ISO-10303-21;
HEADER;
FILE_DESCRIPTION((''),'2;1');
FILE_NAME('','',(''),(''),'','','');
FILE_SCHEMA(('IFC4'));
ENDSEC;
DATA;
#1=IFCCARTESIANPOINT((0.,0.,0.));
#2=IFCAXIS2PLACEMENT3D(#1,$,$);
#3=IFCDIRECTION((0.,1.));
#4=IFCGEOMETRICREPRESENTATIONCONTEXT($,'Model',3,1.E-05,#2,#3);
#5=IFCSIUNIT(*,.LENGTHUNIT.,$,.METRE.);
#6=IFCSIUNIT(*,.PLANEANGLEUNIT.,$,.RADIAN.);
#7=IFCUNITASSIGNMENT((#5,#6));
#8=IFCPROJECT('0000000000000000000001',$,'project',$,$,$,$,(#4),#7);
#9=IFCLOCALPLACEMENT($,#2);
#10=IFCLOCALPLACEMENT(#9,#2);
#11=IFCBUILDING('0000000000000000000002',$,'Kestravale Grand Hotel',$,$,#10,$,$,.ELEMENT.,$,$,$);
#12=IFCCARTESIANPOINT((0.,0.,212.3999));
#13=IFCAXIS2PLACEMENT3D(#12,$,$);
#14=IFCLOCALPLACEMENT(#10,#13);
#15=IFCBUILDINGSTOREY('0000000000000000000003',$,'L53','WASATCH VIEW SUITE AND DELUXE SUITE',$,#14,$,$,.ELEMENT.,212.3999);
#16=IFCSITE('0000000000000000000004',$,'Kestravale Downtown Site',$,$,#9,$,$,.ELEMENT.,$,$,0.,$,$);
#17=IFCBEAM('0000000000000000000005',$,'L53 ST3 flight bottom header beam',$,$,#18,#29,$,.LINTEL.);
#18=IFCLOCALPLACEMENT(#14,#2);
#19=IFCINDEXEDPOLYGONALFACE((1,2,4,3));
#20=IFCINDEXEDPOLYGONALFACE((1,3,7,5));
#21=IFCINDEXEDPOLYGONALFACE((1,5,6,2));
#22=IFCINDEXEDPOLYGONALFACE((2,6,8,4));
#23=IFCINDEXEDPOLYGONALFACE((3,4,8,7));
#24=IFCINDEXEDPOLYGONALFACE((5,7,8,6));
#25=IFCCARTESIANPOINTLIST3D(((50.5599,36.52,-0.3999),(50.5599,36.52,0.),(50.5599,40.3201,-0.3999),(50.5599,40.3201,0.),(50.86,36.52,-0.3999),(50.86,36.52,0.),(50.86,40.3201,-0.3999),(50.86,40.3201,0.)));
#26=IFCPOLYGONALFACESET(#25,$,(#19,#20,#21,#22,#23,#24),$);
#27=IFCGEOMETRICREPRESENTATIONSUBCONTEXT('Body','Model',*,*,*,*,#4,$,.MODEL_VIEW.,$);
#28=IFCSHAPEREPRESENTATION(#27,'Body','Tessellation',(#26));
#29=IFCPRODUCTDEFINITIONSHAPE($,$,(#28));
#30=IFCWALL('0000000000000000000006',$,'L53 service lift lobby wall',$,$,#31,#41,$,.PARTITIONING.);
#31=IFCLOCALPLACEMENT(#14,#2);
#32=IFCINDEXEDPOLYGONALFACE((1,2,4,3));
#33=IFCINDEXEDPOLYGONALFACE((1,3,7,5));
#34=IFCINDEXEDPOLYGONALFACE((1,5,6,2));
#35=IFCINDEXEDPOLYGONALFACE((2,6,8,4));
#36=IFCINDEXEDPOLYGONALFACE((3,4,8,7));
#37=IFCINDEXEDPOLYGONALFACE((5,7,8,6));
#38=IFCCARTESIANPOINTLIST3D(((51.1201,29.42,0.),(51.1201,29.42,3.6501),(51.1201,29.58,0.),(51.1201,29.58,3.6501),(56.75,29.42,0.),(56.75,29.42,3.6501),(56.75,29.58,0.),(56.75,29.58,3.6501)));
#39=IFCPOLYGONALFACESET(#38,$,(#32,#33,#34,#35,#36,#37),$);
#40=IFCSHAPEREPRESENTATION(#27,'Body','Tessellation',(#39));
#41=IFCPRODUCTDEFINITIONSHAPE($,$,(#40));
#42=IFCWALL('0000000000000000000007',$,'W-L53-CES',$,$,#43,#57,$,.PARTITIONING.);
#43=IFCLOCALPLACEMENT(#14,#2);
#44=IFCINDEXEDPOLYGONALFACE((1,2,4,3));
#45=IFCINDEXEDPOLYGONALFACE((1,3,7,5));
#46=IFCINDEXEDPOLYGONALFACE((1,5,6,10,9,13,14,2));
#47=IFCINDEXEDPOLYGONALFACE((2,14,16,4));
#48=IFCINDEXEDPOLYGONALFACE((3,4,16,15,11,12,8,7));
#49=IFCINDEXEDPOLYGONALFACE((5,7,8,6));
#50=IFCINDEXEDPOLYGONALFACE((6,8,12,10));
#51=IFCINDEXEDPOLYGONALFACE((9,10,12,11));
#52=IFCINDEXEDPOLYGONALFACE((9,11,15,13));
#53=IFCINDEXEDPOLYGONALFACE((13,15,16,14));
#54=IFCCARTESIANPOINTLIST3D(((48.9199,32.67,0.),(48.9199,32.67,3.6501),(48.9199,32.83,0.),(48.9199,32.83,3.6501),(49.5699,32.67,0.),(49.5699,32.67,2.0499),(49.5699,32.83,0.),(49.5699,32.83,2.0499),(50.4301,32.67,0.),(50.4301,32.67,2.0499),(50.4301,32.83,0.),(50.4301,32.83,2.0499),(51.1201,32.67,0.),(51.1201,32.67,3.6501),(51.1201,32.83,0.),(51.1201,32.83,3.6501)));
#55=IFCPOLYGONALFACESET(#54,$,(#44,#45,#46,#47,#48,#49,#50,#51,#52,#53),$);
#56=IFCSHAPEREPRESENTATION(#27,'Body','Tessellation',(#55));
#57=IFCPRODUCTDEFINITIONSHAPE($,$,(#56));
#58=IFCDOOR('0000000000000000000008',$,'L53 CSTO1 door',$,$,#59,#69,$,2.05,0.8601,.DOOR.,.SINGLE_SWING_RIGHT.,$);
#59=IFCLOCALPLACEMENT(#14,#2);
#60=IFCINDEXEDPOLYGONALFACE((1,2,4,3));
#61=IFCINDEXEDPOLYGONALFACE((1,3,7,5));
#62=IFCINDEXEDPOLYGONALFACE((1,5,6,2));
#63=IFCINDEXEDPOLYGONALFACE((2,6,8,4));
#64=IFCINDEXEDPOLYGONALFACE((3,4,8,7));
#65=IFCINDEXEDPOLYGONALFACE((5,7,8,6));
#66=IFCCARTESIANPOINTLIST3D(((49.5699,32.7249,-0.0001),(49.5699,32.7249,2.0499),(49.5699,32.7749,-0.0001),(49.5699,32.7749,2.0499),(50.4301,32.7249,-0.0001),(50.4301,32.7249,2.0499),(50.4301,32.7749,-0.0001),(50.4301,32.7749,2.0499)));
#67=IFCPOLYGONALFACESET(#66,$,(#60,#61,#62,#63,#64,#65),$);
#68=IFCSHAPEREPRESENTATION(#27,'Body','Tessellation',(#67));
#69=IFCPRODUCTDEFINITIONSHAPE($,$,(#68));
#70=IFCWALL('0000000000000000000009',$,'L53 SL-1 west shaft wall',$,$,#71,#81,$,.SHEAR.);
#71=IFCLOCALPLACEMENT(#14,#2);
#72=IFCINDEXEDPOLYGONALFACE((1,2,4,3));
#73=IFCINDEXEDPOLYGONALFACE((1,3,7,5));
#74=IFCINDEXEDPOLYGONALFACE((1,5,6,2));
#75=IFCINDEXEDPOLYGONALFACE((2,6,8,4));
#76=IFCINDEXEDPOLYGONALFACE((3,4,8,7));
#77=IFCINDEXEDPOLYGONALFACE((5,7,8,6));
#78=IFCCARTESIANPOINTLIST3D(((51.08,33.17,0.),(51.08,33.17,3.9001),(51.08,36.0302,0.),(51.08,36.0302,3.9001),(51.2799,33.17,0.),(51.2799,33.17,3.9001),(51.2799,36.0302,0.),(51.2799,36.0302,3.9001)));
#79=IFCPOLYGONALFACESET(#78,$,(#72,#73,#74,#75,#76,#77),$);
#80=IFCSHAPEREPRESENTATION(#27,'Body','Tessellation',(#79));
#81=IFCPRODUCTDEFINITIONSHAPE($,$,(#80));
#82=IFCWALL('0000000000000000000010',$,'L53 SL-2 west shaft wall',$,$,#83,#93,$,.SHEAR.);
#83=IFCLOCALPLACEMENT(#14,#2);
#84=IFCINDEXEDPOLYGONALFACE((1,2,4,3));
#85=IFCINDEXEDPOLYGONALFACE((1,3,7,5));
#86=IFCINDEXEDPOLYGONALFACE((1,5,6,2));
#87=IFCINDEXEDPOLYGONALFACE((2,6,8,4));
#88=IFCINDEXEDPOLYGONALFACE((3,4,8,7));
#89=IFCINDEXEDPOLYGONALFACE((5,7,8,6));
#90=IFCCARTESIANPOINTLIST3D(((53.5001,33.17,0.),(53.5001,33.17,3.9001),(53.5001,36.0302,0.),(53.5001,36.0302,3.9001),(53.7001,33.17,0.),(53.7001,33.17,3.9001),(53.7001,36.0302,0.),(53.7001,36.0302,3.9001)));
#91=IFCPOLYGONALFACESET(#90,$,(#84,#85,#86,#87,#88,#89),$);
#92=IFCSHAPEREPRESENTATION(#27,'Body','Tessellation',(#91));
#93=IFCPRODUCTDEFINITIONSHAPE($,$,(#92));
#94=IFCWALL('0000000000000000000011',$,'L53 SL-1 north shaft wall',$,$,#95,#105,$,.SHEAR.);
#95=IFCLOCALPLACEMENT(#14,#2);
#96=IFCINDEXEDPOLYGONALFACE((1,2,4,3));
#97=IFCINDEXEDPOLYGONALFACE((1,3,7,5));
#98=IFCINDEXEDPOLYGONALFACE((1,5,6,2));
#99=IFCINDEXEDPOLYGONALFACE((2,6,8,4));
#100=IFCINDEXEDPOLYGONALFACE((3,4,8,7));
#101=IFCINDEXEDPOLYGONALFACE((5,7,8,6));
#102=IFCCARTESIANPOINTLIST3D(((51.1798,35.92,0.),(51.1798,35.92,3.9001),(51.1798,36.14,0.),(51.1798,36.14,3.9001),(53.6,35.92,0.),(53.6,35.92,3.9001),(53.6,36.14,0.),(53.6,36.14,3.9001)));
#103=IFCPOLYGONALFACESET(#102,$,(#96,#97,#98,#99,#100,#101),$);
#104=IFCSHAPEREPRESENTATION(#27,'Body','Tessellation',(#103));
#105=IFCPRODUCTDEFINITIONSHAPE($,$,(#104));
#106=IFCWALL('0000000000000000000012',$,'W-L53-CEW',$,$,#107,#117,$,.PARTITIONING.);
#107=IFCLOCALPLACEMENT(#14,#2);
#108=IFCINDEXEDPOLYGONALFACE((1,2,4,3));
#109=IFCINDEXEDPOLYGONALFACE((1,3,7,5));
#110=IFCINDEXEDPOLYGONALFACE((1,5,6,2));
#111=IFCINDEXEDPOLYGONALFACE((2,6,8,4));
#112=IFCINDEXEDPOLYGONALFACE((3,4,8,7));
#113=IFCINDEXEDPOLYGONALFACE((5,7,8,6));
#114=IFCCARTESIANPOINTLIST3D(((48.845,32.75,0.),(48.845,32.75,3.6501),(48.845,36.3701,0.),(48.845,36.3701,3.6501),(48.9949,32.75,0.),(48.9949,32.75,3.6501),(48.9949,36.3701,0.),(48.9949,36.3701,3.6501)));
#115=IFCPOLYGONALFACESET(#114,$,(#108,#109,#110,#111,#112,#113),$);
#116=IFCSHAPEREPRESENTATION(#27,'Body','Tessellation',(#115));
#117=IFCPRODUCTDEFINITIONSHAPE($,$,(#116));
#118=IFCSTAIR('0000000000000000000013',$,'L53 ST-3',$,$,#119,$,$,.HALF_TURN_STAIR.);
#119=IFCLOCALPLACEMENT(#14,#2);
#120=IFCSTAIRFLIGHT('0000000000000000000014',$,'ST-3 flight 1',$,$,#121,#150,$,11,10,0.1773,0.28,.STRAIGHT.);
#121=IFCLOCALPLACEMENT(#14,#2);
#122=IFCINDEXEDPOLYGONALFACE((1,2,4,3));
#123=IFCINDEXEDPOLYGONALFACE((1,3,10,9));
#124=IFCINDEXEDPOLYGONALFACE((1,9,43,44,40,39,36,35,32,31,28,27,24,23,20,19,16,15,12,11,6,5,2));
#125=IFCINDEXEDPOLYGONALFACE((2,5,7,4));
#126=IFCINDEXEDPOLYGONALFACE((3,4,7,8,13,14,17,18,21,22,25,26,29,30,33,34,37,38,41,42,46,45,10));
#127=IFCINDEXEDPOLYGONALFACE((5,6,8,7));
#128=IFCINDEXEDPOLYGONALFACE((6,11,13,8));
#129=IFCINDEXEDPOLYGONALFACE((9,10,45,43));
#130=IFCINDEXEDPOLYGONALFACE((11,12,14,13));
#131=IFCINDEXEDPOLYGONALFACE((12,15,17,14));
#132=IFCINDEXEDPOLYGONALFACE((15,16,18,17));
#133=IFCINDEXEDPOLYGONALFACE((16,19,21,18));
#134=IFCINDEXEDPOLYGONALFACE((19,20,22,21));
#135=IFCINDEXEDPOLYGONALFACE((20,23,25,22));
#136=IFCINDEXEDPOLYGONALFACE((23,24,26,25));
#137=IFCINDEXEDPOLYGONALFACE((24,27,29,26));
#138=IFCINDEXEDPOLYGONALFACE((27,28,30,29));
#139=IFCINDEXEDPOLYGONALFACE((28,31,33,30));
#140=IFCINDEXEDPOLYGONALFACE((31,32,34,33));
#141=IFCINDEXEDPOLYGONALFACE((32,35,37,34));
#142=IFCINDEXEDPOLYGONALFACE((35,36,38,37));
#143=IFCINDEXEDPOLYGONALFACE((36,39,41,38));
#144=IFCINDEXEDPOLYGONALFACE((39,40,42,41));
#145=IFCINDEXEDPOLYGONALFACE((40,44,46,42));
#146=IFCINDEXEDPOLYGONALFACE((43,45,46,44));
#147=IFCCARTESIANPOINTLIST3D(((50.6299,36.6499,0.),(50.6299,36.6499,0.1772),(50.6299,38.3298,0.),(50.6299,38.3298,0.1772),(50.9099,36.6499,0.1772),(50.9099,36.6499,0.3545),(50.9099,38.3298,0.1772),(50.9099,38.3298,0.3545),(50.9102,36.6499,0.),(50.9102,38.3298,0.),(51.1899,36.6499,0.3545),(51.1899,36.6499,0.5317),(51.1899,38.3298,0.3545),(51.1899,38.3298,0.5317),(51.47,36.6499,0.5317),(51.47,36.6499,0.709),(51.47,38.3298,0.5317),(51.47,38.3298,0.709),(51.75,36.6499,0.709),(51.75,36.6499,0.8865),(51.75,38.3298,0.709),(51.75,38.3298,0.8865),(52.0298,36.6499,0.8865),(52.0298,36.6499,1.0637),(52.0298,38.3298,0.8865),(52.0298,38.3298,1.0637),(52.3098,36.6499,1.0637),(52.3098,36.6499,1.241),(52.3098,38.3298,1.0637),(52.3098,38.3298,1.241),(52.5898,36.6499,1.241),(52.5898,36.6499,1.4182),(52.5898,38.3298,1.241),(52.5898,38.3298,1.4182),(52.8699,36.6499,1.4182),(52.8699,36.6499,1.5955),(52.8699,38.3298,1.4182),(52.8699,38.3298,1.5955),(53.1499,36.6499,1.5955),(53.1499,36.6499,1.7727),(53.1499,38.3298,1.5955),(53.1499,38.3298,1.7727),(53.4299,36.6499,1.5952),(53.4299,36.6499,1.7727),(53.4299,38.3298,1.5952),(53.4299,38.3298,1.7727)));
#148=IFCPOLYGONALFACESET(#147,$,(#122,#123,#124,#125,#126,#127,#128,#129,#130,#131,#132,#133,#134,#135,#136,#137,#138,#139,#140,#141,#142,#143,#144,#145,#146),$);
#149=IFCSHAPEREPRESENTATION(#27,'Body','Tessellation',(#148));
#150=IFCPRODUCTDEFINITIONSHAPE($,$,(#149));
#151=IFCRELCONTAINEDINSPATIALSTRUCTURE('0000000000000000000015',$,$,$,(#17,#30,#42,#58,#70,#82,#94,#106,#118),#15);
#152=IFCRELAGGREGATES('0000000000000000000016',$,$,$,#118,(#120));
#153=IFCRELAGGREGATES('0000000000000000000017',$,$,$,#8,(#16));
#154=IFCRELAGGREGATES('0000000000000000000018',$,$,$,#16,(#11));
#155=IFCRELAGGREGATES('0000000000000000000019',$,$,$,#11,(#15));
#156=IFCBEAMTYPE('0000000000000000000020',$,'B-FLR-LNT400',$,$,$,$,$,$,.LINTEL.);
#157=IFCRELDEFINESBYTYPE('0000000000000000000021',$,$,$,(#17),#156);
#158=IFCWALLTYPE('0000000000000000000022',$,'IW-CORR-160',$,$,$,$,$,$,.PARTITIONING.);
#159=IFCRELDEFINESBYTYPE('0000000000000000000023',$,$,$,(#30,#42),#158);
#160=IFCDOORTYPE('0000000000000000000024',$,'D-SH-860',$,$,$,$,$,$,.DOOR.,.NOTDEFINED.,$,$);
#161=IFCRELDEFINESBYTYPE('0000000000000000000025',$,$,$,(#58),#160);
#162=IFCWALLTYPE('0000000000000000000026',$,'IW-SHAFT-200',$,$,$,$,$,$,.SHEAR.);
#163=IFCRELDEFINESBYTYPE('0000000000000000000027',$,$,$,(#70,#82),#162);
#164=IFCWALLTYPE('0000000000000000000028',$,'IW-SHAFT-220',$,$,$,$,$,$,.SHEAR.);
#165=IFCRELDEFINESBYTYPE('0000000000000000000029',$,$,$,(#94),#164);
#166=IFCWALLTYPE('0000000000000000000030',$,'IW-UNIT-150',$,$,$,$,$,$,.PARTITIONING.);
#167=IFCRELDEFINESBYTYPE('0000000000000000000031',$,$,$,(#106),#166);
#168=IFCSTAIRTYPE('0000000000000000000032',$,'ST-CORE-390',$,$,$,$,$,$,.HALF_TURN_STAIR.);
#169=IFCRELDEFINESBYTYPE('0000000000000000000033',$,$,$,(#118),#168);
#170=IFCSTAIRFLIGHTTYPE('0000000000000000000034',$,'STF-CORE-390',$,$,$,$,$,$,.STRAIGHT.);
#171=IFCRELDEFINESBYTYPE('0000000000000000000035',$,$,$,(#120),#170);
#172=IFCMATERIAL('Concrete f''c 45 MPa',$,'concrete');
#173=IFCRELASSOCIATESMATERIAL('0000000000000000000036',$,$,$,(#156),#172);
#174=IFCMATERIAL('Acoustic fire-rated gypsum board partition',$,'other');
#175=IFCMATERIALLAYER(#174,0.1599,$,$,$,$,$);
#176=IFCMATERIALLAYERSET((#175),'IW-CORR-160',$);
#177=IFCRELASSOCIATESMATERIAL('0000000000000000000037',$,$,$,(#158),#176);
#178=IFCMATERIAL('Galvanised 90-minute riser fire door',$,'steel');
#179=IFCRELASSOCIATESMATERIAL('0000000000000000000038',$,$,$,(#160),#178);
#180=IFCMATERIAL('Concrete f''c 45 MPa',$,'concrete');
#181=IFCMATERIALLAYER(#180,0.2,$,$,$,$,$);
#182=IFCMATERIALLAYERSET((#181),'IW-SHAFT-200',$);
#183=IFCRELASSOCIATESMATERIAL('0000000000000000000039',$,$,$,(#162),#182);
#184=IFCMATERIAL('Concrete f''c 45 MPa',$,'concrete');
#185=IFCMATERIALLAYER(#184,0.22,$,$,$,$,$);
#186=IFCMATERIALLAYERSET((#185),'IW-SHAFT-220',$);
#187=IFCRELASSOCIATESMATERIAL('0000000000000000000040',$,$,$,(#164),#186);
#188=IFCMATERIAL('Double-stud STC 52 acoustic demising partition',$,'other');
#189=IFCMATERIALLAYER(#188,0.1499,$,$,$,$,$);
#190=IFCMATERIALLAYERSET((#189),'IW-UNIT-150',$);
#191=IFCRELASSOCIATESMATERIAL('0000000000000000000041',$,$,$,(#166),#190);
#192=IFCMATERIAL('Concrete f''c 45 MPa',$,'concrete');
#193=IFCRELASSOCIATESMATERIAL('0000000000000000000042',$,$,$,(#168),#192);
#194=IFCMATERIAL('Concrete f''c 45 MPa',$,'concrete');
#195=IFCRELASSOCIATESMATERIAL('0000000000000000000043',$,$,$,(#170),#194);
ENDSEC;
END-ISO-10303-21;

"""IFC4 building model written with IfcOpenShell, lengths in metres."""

from ifc_helpers import new_model, si_unit, direction, frame, frame_2d, origin, origin_2d, place, context, subcontext, project, spatial, polyline, rectangle, outline, extrude, material, layer, layer_set, material_profile, profile_set, type_object, element, fill, aggregate, save


model = new_model("IFC4")

# Units and contexts
model_context = context("Model", 3, precision=1e-05, world=origin(), true_north=direction((0.0, 1.0)))
body_context = subcontext(model_context, "Body", "Model", "MODEL_VIEW")
ifc_project = project(units=[si_unit("LENGTHUNIT", "METRE"), si_unit("PLANEANGLEUNIT", "RADIAN")], contexts=[model_context])

# Site, building, storey
site_placement = place(None, origin())
site = spatial("IfcSite", under=ifc_project, at=site_placement, Name="Kestravale Downtown Site", CompositionType="ELEMENT", RefElevation=0.0)
building_placement = place(site_placement, origin())
building = spatial("IfcBuilding", under=site, at=building_placement, Name="Kestravale Grand Hotel", CompositionType="ELEMENT")
storey_placement = place(building_placement, frame((0.0, 0.0, 212.3999)))
storey = spatial("IfcBuildingStorey", under=building, at=storey_placement, Name="L53", Description="WASATCH VIEW SUITE AND DELUXE SUITE", CompositionType="ELEMENT", Elevation=212.3999)

# Beam
ifc_material_1 = material(Name="Concrete f'c 45 MPa", Category="concrete")
ifc_material_profile = material_profile(ifc_material_1, rectangle(XDim=0.3, YDim=0.3999, at=origin_2d()))
ifc_profile_set = profile_set([ifc_material_profile], Name="Concrete f'c 45 MPa")
beam_type = type_object("IfcBeamType", Name="B-FLR-LNT400", PredefinedType="LINTEL", material=ifc_profile_set)
beam_placement = place(storey_placement, frame((50.71, 36.52, -0.2), z_axis=(0.0, 1.0, 0.0), x_axis=(-1.0, 0.0, 0.0)))
element("IfcBeam", 1, at=beam_placement, inside=storey, type_object=beam_type, Name="L53 ST3 flight bottom header beam", PredefinedType="LINTEL", context=body_context, shape_type="SweptSolid", body=[
    extrude(rectangle(XDim=0.3, YDim=0.3999, at=origin_2d()), origin(), (0.0, 0.0, 1.0), 3.8),
])

# Shared definitions
ifc_material_2 = material(Name="Acoustic fire-rated gypsum board partition", Category="other")
ifc_layer_1 = layer(ifc_material_2, 0.1599)
ifc_layer_set_1 = layer_set([ifc_layer_1], Name="IW-CORR-160")
wall_type_1 = type_object("IfcWallType", Name="IW-CORR-160", PredefinedType="PARTITIONING", material=ifc_layer_set_1)

# Wall
wall_1_placement = place(storey_placement, frame((51.1201, 29.5, 0.0), z_axis=(0.0, 0.0, 1.0), x_axis=(1.0, 0.0, 0.0)))
element("IfcWall", 2, at=wall_1_placement, inside=storey, type_object=wall_type_1, Name="L53 service lift lobby wall", PredefinedType="PARTITIONING", context=body_context, shape_type="SweptSolid", body=[
    extrude(rectangle(XDim=5.6299, YDim=0.1599, at=frame_2d((2.8149, 0.0))), origin(), (0.0, 0.0, 1.0), 3.6501),
])

# Wall, opening, door
wall_2_placement = place(storey_placement, frame((48.9199, 32.75, 0.0), z_axis=(0.0, 0.0, 1.0), x_axis=(1.0, 0.0, 0.0)))
wall_2 = element("IfcWall", 3, at=wall_2_placement, inside=storey, type_object=wall_type_1, Name="W-L53-CES", PredefinedType="PARTITIONING", context=body_context, shape_type="SweptSolid", body=[
    extrude(rectangle(XDim=2.2002, YDim=0.1599, at=frame_2d((1.1001, 0.0))), origin(), (0.0, 0.0, 1.0), 3.6501),
])
opening_1_placement = place(wall_2_placement, frame((0.6499, 0.0, 0.0)))
opening_1 = element("IfcOpeningElement", 4, at=opening_1_placement, cuts=wall_2, PredefinedType="OPENING", context=body_context, shape_type="SweptSolid", body=[
    extrude(rectangle(XDim=0.8601, YDim=2.05, at=frame_2d((0.4302, 1.0249))), frame((0.0, 0.0898, 0.0), z_axis=(0.0, -1.0, 0.0), x_axis=(1.0, 0.0, 0.0)), (0.0, 0.0, 1.0), 0.1799),
])
ifc_material_3 = material(Name="Galvanised 90-minute riser fire door", Category="steel")
door_type_1 = type_object("IfcDoorType", Name="D-SH-860", OperationType="NOTDEFINED", PredefinedType="DOOR", material=ifc_material_3)
door_1_placement = place(opening_1_placement, origin())
door_1 = element("IfcDoor", 5, at=door_1_placement, inside=storey, type_object=door_type_1, Name="L53 CSTO1 door", OperationType="SINGLE_SWING_RIGHT", OverallHeight=2.05, OverallWidth=0.8601, PredefinedType="DOOR", context=body_context, shape_type="SweptSolid", body=[
    extrude(rectangle(XDim=0.8601, YDim=2.05, at=frame_2d((0.4302, 1.0249))), frame((0.0, 0.0249, 0.0), z_axis=(0.0, -1.0, 0.0), x_axis=(1.0, 0.0, 0.0)), (0.0, 0.0, 1.0), 0.05),
])
fill(opening_1, door_1)

# Walls
ifc_material_4 = material(Name="Concrete f'c 45 MPa", Category="concrete")
ifc_layer_2 = layer(ifc_material_4, 0.2)
ifc_layer_set_2 = layer_set([ifc_layer_2], Name="IW-SHAFT-200")
wall_type_2 = type_object("IfcWallType", Name="IW-SHAFT-200", PredefinedType="SHEAR", material=ifc_layer_set_2)
for number, where, z_axis, x_axis, name in (
    (6, (51.1799, 33.1699, 0.0), (0.0, 0.0, 1.0), (0.0, 1.0, 0.0), "L53 SL-1 west shaft wall"),
    (7, (53.6001, 33.1699, 0.0), (0.0, 0.0, 1.0), (0.0, 1.0, 0.0), "L53 SL-2 west shaft wall"),
):
    element("IfcWall", number, at=place(storey_placement, frame(where, z_axis=z_axis, x_axis=x_axis)), inside=storey, type_object=wall_type_2, Name=name, PredefinedType="SHEAR", context=body_context, shape_type="SweptSolid", body=[
        extrude(rectangle(XDim=2.8601, YDim=0.2, at=frame_2d((1.4302, 0.0))), origin(), (0.0, 0.0, 1.0), 3.9001),
    ])

# Shared definitions
ifc_material_5 = material(Name="Concrete f'c 45 MPa", Category="concrete")
ifc_layer_3 = layer(ifc_material_5, 0.22)
ifc_layer_set_3 = layer_set([ifc_layer_3], Name="IW-SHAFT-220")
wall_type_3 = type_object("IfcWallType", Name="IW-SHAFT-220", PredefinedType="SHEAR", material=ifc_layer_set_3)

# Wall
wall_3_placement = place(storey_placement, frame((51.1799, 36.03, 0.0), z_axis=(0.0, 0.0, 1.0), x_axis=(1.0, 0.0, 0.0)))
element("IfcWall", 8, at=wall_3_placement, inside=storey, type_object=wall_type_3, Name="L53 SL-1 north shaft wall", PredefinedType="SHEAR", context=body_context, shape_type="SweptSolid", body=[
    extrude(rectangle(XDim=2.4202, YDim=0.22, at=frame_2d((1.21, 0.0))), origin(), (0.0, 0.0, 1.0), 3.9001),
])

# Wall
ifc_material_6 = material(Name="Double-stud STC 52 acoustic demising partition", Category="other")
ifc_layer_4 = layer(ifc_material_6, 0.1499)
ifc_layer_set_4 = layer_set([ifc_layer_4], Name="IW-UNIT-150")
wall_type_4 = type_object("IfcWallType", Name="IW-UNIT-150", PredefinedType="PARTITIONING", material=ifc_layer_set_4)
wall_4_placement = place(storey_placement, frame((48.9199, 32.75, 0.0), z_axis=(0.0, 0.0, 1.0), x_axis=(0.0, 1.0, 0.0)))
element("IfcWall", 9, at=wall_4_placement, inside=storey, type_object=wall_type_4, Name="W-L53-CEW", PredefinedType="PARTITIONING", context=body_context, shape_type="SweptSolid", body=[
    extrude(rectangle(XDim=3.6201, YDim=0.1499, at=frame_2d((1.8101, 0.0))), origin(), (0.0, 0.0, 1.0), 3.6501),
])

# Stair, stair flight
ifc_material_7 = material(Name="Concrete f'c 45 MPa", Category="concrete")
stair_type = type_object("IfcStairType", Name="ST-CORE-390", PredefinedType="HALF_TURN_STAIR", material=ifc_material_7)
stair_placement = place(storey_placement, origin())
stair = element("IfcStair", 10, at=stair_placement, inside=storey, type_object=stair_type, Name="L53 ST-3", PredefinedType="HALF_TURN_STAIR")
ifc_material_8 = material(Name="Concrete f'c 45 MPa", Category="concrete")
stair_flight_type = type_object("IfcStairFlightType", Name="STF-CORE-390", PredefinedType="STRAIGHT", material=ifc_material_8)
stair_flight_1_placement = place(storey_placement, frame((50.6299, 37.49, 0.0), z_axis=(0.0, 0.0, 1.0), x_axis=(1.0, 0.0, 0.0)))
stair_flight_1 = element("IfcStairFlight", 11, at=stair_flight_1_placement, type_object=stair_flight_type, Name="ST-3 flight 1", NumberOfRisers=11, NumberOfTreads=10, PredefinedType="STRAIGHT", RiserHeight=0.1773, TreadLength=0.28, context=body_context, shape_type="SweptSolid", body=[
    extrude(outline(polyline([(0.0, 0.0), (0.0, 0.1772), (0.28, 0.1772), (0.28, 0.3545), (0.5601, 0.3545), (0.5601, 0.5317), (0.8401, 0.5317), (0.8401, 0.709), (1.1201, 0.709), (1.1201, 0.8865), (1.3999, 0.8865), (1.3999, 1.0637), (1.6799, 1.0637), (1.6799, 1.241), (1.96, 1.241), (1.96, 1.4182), (2.24, 1.4182), (2.24, 1.5955), (2.52, 1.5955), (2.52, 1.7727), (2.8, 1.7727), (2.8, 1.95), (2.8, 1.5952), (0.2803, 0.0), (0.0, 0.0)])), frame((0.0, 0.8398, 0.0), z_axis=(0.0, -1.0, 0.0), x_axis=(1.0, 0.0, 0.0)), (0.0, 0.0, 1.0), 1.6799),
])
aggregate(stair, [stair_flight_1])

save(model, "model.ifc")
